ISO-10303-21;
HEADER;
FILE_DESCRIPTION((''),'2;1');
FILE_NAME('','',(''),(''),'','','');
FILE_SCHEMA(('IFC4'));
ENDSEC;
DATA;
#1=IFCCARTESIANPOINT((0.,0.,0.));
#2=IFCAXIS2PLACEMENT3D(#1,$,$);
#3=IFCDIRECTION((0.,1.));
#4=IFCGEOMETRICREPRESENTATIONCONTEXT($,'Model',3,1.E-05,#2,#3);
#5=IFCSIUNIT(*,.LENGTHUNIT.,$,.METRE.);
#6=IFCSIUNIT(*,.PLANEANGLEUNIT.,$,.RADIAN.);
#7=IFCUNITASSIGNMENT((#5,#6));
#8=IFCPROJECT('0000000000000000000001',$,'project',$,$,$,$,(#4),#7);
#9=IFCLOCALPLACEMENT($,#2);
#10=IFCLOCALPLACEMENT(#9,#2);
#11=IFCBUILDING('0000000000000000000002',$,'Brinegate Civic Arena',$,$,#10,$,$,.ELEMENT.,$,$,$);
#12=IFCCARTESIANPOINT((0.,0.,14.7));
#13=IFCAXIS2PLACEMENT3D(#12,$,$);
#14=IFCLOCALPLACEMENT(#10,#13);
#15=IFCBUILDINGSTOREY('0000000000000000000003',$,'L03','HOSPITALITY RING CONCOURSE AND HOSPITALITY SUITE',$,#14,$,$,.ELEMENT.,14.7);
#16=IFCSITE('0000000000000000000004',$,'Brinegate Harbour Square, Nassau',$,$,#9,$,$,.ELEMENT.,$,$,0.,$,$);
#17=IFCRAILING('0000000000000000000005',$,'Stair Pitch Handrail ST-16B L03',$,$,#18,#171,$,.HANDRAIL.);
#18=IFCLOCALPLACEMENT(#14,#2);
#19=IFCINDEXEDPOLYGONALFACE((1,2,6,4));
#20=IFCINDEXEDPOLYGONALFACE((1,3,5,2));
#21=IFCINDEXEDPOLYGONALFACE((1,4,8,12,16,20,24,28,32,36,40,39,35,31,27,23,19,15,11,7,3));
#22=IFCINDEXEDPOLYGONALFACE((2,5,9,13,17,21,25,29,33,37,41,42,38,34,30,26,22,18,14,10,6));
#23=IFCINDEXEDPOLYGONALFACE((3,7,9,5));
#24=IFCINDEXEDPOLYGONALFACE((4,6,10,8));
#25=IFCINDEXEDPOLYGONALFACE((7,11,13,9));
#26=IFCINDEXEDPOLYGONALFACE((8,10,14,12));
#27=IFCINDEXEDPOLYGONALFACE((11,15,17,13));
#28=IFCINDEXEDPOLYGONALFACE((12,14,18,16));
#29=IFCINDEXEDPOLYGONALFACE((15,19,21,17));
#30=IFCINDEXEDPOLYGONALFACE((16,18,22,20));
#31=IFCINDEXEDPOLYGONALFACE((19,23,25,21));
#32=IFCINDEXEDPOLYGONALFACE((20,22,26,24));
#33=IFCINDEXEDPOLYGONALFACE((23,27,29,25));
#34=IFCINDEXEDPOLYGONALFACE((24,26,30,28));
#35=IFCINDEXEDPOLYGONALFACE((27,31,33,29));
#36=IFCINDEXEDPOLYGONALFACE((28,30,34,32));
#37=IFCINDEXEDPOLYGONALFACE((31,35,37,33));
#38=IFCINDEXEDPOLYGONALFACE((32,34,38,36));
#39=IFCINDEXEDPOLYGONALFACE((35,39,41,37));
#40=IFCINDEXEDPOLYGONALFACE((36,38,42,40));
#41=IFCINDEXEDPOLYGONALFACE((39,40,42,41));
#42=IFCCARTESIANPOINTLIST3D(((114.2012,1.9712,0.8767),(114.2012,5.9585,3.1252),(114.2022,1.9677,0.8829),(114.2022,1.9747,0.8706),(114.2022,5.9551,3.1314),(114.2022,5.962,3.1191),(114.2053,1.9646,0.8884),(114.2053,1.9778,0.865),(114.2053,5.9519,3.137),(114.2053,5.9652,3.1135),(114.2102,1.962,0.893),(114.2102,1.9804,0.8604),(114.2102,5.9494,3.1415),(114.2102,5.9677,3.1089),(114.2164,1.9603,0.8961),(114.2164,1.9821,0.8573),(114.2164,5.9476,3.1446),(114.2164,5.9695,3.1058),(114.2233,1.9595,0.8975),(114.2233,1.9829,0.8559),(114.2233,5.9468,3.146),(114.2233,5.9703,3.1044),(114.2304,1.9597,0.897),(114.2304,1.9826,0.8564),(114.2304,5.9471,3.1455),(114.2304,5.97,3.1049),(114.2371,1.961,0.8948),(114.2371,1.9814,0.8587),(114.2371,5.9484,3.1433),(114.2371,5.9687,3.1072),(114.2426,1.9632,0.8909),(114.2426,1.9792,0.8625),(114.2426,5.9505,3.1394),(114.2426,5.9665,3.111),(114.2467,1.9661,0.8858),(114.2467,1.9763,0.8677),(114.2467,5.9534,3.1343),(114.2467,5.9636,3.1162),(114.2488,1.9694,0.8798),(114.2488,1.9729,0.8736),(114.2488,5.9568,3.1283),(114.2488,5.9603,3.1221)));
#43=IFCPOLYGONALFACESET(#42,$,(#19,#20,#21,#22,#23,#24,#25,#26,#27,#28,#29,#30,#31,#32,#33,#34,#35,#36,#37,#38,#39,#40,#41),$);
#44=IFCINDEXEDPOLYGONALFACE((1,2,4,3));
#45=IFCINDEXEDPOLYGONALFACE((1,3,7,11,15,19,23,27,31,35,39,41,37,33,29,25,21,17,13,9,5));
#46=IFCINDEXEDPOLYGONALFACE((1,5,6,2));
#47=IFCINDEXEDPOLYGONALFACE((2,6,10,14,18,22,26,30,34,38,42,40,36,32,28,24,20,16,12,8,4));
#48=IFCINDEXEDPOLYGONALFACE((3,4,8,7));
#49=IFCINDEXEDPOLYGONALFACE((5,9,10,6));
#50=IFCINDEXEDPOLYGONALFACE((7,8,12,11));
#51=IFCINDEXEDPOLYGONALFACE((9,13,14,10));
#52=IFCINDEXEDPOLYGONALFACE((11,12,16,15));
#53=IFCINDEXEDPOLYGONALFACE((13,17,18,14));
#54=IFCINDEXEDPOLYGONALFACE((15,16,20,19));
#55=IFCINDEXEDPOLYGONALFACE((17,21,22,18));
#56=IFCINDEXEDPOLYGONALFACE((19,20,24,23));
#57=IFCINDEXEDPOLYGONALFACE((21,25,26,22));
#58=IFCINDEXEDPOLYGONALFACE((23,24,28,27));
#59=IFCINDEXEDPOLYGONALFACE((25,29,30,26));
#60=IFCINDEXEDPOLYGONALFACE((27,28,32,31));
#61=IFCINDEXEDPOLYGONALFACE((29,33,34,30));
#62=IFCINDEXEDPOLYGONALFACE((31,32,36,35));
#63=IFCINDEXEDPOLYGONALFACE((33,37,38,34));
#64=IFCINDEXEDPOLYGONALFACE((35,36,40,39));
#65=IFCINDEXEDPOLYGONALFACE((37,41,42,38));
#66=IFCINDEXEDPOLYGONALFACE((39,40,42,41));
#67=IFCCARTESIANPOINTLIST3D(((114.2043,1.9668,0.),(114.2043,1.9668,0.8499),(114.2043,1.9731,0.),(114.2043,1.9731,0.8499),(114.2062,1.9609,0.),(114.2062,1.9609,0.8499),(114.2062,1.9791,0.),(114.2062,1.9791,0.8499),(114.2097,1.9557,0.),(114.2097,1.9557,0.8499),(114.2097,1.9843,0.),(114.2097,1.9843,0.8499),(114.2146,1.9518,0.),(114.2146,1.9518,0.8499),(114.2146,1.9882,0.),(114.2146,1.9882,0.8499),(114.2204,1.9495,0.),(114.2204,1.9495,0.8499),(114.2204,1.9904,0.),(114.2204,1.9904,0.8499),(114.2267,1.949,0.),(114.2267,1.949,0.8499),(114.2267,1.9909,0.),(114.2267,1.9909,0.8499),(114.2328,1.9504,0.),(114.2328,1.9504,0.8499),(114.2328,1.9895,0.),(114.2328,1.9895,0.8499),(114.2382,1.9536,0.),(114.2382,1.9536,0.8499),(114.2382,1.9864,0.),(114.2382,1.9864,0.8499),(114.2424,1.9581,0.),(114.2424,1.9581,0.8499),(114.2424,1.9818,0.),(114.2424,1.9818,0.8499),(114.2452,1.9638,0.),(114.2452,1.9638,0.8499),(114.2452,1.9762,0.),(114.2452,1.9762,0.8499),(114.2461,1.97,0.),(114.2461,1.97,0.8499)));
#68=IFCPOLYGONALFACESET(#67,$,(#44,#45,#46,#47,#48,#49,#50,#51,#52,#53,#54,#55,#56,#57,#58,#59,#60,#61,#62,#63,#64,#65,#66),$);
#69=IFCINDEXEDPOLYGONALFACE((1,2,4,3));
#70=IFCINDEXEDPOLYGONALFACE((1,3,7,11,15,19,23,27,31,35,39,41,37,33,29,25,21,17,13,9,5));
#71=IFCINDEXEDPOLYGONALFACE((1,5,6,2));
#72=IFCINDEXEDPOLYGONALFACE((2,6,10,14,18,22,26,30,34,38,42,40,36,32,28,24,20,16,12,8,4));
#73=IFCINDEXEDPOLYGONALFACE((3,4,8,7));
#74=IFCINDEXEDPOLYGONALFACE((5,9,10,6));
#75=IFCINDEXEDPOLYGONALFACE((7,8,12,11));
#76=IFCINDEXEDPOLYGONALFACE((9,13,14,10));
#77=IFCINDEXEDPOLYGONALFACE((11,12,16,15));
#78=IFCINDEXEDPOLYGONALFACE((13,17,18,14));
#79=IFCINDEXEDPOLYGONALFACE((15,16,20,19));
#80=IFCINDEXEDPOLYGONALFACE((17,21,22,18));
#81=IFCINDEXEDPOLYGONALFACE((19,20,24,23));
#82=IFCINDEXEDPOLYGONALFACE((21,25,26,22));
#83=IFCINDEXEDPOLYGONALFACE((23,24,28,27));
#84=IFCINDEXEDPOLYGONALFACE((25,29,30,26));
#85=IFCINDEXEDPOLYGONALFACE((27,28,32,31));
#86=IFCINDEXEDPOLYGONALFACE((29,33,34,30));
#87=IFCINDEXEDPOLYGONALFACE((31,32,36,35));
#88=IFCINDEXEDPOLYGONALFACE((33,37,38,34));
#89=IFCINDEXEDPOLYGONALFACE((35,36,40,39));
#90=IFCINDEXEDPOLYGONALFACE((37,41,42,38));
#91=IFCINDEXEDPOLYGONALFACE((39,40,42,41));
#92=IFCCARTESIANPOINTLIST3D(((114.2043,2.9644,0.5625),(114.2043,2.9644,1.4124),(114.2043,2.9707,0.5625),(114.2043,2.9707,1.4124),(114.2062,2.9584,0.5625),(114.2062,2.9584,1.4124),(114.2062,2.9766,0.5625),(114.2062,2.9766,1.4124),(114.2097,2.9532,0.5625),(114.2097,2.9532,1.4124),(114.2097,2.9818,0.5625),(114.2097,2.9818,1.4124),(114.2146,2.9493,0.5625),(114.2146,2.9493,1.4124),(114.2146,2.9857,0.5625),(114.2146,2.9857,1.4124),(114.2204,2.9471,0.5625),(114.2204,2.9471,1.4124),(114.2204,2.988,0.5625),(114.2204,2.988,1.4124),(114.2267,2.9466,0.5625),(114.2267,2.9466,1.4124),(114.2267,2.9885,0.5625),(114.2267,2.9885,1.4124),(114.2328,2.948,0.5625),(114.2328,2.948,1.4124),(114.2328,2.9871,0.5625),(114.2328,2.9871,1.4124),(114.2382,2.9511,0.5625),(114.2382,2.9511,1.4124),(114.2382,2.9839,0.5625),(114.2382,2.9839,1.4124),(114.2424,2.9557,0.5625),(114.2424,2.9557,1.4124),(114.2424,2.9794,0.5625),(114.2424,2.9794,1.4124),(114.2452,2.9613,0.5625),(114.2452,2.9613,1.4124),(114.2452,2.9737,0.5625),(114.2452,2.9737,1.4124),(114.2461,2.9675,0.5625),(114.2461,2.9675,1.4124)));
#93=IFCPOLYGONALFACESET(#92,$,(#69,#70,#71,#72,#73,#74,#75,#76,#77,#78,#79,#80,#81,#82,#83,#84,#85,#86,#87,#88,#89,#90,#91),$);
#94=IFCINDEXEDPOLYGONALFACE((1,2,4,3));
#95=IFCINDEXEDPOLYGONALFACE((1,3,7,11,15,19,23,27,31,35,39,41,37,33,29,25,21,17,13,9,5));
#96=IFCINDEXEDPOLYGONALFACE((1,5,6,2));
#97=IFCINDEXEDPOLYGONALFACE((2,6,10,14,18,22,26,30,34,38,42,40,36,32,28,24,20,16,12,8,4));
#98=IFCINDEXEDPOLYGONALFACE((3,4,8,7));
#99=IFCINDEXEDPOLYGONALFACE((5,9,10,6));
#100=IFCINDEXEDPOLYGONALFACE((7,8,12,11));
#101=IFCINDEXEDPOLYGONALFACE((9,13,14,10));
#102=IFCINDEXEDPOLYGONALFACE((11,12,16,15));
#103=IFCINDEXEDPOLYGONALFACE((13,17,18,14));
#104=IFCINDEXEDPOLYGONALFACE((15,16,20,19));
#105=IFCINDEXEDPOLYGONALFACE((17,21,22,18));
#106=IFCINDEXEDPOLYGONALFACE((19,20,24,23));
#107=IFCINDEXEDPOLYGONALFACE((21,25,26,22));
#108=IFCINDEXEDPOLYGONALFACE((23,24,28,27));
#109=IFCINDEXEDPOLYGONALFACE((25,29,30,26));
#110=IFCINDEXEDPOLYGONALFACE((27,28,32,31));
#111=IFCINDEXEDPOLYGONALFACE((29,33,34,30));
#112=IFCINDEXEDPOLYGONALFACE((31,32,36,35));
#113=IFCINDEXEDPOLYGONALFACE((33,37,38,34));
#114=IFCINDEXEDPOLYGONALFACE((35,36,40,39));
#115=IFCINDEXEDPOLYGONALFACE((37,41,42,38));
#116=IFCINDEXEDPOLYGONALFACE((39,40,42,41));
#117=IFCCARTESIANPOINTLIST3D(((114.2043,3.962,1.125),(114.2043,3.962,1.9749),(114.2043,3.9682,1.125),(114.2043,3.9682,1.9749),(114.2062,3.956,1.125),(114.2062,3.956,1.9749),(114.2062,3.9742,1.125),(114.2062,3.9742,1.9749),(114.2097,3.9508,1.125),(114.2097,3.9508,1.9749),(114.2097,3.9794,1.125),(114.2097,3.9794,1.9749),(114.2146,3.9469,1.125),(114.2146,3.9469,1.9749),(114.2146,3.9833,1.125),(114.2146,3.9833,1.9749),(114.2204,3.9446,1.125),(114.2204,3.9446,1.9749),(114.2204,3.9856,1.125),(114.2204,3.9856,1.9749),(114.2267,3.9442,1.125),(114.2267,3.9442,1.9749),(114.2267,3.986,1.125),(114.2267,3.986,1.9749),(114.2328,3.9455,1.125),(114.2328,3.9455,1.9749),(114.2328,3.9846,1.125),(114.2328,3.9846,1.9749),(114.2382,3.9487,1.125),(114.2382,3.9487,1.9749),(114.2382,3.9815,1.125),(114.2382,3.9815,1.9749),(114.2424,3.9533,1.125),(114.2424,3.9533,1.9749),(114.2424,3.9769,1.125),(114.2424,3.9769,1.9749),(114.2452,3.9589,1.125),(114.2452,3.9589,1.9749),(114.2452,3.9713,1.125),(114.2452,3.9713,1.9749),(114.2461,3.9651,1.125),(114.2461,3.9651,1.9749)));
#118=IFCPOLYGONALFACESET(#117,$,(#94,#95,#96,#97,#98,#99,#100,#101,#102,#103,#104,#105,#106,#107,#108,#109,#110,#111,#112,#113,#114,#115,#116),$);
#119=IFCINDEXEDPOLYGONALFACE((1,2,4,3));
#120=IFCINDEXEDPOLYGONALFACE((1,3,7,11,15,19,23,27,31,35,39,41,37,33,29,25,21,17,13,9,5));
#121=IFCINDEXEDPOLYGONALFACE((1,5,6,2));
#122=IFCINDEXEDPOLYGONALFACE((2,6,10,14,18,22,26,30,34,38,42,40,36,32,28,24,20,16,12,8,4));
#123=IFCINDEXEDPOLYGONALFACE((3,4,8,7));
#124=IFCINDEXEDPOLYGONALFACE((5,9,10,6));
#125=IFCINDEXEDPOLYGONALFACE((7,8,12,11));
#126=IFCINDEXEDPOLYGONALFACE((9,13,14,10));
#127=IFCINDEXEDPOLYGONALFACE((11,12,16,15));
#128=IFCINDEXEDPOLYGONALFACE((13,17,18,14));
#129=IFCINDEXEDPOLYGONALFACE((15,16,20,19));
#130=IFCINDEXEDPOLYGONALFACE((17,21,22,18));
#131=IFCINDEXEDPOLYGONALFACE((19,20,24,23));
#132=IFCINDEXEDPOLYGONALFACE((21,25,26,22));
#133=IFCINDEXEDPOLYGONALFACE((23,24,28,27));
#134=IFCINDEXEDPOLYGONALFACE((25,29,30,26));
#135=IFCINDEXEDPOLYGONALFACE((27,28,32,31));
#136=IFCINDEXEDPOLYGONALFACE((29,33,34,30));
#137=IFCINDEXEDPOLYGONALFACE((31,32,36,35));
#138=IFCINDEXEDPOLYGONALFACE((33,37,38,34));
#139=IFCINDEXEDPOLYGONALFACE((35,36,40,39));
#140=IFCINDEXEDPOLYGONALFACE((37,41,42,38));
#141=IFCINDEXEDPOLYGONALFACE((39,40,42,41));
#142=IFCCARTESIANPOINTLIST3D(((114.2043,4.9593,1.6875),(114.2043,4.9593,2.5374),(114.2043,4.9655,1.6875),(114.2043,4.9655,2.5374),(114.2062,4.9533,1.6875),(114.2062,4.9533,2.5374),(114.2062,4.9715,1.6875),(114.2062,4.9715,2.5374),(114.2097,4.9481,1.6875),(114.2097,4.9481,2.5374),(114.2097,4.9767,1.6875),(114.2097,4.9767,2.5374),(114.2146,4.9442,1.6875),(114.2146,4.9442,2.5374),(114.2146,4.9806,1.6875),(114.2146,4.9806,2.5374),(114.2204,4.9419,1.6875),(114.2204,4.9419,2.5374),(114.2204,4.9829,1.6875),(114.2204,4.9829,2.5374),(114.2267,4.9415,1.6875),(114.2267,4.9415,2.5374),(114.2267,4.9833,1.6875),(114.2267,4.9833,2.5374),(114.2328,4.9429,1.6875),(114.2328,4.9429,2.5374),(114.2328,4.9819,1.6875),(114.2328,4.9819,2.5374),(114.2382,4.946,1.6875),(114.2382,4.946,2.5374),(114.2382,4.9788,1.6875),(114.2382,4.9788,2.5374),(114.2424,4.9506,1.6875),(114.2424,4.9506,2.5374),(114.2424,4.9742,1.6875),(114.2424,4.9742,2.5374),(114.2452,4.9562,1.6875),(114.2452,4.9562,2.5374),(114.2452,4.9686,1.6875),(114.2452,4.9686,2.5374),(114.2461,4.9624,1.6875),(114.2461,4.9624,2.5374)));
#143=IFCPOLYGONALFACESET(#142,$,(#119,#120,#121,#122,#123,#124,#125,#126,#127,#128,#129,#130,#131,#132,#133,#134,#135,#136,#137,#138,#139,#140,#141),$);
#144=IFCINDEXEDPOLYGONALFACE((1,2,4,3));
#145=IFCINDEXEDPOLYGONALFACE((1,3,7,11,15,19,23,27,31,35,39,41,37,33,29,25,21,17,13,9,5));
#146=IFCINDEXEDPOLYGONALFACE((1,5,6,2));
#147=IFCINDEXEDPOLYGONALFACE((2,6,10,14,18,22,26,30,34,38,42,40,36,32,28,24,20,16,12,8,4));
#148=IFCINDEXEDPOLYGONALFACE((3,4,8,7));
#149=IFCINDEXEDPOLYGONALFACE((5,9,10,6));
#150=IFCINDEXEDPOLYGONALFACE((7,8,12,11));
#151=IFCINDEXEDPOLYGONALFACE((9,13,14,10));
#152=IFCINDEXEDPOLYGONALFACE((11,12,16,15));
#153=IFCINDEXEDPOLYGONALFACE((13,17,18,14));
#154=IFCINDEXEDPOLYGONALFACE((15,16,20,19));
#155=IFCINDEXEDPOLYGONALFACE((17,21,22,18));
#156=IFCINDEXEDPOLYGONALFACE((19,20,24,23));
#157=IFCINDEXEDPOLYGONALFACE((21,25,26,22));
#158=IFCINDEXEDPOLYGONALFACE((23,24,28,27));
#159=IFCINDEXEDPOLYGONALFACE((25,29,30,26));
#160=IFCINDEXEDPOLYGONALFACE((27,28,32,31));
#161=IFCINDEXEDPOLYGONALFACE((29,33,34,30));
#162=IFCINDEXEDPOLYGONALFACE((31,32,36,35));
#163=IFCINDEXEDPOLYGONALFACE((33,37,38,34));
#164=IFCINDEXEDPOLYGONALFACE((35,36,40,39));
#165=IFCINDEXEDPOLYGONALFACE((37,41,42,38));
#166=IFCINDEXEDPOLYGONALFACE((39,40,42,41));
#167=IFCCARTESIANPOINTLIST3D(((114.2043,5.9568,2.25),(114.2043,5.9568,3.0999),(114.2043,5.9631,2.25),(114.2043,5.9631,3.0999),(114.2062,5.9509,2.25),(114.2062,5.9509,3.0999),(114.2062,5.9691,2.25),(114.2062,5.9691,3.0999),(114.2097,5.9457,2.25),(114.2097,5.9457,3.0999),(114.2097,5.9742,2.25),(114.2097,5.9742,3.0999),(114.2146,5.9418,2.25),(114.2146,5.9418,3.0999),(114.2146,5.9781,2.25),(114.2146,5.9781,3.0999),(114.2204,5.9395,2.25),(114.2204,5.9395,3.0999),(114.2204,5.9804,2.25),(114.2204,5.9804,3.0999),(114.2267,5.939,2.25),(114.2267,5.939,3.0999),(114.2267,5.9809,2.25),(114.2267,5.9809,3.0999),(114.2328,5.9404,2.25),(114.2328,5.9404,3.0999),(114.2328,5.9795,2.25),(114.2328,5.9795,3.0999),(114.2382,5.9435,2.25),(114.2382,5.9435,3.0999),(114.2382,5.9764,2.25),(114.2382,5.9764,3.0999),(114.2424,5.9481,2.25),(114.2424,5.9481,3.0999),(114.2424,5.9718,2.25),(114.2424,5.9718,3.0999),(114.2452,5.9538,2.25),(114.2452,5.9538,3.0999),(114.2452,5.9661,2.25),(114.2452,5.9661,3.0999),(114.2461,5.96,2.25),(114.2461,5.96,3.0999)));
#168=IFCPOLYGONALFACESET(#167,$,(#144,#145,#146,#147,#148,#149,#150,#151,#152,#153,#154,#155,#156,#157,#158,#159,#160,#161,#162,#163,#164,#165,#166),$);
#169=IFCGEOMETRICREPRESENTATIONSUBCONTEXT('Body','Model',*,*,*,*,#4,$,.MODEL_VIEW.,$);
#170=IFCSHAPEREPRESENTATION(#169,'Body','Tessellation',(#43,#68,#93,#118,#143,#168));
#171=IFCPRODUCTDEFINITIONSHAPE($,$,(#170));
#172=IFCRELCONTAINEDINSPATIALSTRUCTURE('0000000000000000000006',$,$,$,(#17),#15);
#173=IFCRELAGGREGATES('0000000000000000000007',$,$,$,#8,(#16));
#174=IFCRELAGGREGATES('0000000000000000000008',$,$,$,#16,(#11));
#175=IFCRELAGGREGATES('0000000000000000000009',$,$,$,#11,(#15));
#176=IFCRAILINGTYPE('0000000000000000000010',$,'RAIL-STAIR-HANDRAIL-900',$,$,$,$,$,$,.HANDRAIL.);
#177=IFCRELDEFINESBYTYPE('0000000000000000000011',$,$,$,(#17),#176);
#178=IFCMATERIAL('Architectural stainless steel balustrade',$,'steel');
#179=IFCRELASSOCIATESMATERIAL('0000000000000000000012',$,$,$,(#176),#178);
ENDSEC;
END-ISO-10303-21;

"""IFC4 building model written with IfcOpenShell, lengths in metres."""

from ifc_helpers import new_model, si_unit, direction, frame, origin, origin_2d, place, context, subcontext, project, spatial, circle, extrude, material, type_object, element, save


model = new_model("IFC4")

# Units and contexts
model_context = context("Model", 3, precision=1e-05, world=origin(), true_north=direction((0.0, 1.0)))
body_context = subcontext(model_context, "Body", "Model", "MODEL_VIEW")
ifc_project = project(units=[si_unit("LENGTHUNIT", "METRE"), si_unit("PLANEANGLEUNIT", "RADIAN")], contexts=[model_context])

# Site, building, storey
site_placement = place(None, origin())
site = spatial("IfcSite", under=ifc_project, at=site_placement, Name="Brinegate Harbour Square, Nassau", CompositionType="ELEMENT", RefElevation=0.0)
building_placement = place(site_placement, origin())
building = spatial("IfcBuilding", under=site, at=building_placement, Name="Brinegate Civic Arena", CompositionType="ELEMENT")
storey_placement = place(building_placement, frame((0.0, 0.0, 14.7)))
storey = spatial("IfcBuildingStorey", under=building, at=storey_placement, Name="L03", Description="HOSPITALITY RING CONCOURSE AND HOSPITALITY SUITE", CompositionType="ELEMENT", Elevation=14.7)

# Railing
ifc_material_1 = material(Name="Architectural stainless steel balustrade", Category="steel")
railing_type_1 = type_object("IfcRailingType", Name="RAIL-STAIR-HANDRAIL-900", PredefinedType="HANDRAIL", material=ifc_material_1)
for number, where, name in (
    (1, (114.2251, 1.97, 0.0), "Stair Pitch Handrail ST-16B L03"),
):
    element("IfcRailing", number, at=place(storey_placement, frame(where)), inside=storey, type_object=railing_type_1, Name=name, PredefinedType="HANDRAIL", context=body_context, shape_type="SweptSolid", body=[
        extrude(circle(Radius=0.0239, at=origin_2d()), frame((0.0, 0.0012, 0.8767), z_axis=(0.0, 0.87105, 0.491195), x_axis=(-1.0, 0.0, 0.0)), (0.0, 0.0, 1.0), 4.5776),
        extrude(circle(Radius=0.021, at=origin_2d()), origin(), (0.0, 0.0, 1.0), 0.8499),
        extrude(circle(Radius=0.021, at=origin_2d()), frame((0.0, 0.9976, 0.5625)), (0.0, 0.0, 1.0), 0.8499),
        extrude(circle(Radius=0.021, at=origin_2d()), frame((0.0, 1.9951, 1.125)), (0.0, 0.0, 1.0), 0.8499),
        extrude(circle(Radius=0.021, at=origin_2d()), frame((0.0, 2.9924, 1.6875)), (0.0, 0.0, 1.0), 0.8499),
        extrude(circle(Radius=0.021, at=origin_2d()), frame((0.0, 3.99, 2.25)), (0.0, 0.0, 1.0), 0.8499),
    ])

save(model, "model.ifc")
